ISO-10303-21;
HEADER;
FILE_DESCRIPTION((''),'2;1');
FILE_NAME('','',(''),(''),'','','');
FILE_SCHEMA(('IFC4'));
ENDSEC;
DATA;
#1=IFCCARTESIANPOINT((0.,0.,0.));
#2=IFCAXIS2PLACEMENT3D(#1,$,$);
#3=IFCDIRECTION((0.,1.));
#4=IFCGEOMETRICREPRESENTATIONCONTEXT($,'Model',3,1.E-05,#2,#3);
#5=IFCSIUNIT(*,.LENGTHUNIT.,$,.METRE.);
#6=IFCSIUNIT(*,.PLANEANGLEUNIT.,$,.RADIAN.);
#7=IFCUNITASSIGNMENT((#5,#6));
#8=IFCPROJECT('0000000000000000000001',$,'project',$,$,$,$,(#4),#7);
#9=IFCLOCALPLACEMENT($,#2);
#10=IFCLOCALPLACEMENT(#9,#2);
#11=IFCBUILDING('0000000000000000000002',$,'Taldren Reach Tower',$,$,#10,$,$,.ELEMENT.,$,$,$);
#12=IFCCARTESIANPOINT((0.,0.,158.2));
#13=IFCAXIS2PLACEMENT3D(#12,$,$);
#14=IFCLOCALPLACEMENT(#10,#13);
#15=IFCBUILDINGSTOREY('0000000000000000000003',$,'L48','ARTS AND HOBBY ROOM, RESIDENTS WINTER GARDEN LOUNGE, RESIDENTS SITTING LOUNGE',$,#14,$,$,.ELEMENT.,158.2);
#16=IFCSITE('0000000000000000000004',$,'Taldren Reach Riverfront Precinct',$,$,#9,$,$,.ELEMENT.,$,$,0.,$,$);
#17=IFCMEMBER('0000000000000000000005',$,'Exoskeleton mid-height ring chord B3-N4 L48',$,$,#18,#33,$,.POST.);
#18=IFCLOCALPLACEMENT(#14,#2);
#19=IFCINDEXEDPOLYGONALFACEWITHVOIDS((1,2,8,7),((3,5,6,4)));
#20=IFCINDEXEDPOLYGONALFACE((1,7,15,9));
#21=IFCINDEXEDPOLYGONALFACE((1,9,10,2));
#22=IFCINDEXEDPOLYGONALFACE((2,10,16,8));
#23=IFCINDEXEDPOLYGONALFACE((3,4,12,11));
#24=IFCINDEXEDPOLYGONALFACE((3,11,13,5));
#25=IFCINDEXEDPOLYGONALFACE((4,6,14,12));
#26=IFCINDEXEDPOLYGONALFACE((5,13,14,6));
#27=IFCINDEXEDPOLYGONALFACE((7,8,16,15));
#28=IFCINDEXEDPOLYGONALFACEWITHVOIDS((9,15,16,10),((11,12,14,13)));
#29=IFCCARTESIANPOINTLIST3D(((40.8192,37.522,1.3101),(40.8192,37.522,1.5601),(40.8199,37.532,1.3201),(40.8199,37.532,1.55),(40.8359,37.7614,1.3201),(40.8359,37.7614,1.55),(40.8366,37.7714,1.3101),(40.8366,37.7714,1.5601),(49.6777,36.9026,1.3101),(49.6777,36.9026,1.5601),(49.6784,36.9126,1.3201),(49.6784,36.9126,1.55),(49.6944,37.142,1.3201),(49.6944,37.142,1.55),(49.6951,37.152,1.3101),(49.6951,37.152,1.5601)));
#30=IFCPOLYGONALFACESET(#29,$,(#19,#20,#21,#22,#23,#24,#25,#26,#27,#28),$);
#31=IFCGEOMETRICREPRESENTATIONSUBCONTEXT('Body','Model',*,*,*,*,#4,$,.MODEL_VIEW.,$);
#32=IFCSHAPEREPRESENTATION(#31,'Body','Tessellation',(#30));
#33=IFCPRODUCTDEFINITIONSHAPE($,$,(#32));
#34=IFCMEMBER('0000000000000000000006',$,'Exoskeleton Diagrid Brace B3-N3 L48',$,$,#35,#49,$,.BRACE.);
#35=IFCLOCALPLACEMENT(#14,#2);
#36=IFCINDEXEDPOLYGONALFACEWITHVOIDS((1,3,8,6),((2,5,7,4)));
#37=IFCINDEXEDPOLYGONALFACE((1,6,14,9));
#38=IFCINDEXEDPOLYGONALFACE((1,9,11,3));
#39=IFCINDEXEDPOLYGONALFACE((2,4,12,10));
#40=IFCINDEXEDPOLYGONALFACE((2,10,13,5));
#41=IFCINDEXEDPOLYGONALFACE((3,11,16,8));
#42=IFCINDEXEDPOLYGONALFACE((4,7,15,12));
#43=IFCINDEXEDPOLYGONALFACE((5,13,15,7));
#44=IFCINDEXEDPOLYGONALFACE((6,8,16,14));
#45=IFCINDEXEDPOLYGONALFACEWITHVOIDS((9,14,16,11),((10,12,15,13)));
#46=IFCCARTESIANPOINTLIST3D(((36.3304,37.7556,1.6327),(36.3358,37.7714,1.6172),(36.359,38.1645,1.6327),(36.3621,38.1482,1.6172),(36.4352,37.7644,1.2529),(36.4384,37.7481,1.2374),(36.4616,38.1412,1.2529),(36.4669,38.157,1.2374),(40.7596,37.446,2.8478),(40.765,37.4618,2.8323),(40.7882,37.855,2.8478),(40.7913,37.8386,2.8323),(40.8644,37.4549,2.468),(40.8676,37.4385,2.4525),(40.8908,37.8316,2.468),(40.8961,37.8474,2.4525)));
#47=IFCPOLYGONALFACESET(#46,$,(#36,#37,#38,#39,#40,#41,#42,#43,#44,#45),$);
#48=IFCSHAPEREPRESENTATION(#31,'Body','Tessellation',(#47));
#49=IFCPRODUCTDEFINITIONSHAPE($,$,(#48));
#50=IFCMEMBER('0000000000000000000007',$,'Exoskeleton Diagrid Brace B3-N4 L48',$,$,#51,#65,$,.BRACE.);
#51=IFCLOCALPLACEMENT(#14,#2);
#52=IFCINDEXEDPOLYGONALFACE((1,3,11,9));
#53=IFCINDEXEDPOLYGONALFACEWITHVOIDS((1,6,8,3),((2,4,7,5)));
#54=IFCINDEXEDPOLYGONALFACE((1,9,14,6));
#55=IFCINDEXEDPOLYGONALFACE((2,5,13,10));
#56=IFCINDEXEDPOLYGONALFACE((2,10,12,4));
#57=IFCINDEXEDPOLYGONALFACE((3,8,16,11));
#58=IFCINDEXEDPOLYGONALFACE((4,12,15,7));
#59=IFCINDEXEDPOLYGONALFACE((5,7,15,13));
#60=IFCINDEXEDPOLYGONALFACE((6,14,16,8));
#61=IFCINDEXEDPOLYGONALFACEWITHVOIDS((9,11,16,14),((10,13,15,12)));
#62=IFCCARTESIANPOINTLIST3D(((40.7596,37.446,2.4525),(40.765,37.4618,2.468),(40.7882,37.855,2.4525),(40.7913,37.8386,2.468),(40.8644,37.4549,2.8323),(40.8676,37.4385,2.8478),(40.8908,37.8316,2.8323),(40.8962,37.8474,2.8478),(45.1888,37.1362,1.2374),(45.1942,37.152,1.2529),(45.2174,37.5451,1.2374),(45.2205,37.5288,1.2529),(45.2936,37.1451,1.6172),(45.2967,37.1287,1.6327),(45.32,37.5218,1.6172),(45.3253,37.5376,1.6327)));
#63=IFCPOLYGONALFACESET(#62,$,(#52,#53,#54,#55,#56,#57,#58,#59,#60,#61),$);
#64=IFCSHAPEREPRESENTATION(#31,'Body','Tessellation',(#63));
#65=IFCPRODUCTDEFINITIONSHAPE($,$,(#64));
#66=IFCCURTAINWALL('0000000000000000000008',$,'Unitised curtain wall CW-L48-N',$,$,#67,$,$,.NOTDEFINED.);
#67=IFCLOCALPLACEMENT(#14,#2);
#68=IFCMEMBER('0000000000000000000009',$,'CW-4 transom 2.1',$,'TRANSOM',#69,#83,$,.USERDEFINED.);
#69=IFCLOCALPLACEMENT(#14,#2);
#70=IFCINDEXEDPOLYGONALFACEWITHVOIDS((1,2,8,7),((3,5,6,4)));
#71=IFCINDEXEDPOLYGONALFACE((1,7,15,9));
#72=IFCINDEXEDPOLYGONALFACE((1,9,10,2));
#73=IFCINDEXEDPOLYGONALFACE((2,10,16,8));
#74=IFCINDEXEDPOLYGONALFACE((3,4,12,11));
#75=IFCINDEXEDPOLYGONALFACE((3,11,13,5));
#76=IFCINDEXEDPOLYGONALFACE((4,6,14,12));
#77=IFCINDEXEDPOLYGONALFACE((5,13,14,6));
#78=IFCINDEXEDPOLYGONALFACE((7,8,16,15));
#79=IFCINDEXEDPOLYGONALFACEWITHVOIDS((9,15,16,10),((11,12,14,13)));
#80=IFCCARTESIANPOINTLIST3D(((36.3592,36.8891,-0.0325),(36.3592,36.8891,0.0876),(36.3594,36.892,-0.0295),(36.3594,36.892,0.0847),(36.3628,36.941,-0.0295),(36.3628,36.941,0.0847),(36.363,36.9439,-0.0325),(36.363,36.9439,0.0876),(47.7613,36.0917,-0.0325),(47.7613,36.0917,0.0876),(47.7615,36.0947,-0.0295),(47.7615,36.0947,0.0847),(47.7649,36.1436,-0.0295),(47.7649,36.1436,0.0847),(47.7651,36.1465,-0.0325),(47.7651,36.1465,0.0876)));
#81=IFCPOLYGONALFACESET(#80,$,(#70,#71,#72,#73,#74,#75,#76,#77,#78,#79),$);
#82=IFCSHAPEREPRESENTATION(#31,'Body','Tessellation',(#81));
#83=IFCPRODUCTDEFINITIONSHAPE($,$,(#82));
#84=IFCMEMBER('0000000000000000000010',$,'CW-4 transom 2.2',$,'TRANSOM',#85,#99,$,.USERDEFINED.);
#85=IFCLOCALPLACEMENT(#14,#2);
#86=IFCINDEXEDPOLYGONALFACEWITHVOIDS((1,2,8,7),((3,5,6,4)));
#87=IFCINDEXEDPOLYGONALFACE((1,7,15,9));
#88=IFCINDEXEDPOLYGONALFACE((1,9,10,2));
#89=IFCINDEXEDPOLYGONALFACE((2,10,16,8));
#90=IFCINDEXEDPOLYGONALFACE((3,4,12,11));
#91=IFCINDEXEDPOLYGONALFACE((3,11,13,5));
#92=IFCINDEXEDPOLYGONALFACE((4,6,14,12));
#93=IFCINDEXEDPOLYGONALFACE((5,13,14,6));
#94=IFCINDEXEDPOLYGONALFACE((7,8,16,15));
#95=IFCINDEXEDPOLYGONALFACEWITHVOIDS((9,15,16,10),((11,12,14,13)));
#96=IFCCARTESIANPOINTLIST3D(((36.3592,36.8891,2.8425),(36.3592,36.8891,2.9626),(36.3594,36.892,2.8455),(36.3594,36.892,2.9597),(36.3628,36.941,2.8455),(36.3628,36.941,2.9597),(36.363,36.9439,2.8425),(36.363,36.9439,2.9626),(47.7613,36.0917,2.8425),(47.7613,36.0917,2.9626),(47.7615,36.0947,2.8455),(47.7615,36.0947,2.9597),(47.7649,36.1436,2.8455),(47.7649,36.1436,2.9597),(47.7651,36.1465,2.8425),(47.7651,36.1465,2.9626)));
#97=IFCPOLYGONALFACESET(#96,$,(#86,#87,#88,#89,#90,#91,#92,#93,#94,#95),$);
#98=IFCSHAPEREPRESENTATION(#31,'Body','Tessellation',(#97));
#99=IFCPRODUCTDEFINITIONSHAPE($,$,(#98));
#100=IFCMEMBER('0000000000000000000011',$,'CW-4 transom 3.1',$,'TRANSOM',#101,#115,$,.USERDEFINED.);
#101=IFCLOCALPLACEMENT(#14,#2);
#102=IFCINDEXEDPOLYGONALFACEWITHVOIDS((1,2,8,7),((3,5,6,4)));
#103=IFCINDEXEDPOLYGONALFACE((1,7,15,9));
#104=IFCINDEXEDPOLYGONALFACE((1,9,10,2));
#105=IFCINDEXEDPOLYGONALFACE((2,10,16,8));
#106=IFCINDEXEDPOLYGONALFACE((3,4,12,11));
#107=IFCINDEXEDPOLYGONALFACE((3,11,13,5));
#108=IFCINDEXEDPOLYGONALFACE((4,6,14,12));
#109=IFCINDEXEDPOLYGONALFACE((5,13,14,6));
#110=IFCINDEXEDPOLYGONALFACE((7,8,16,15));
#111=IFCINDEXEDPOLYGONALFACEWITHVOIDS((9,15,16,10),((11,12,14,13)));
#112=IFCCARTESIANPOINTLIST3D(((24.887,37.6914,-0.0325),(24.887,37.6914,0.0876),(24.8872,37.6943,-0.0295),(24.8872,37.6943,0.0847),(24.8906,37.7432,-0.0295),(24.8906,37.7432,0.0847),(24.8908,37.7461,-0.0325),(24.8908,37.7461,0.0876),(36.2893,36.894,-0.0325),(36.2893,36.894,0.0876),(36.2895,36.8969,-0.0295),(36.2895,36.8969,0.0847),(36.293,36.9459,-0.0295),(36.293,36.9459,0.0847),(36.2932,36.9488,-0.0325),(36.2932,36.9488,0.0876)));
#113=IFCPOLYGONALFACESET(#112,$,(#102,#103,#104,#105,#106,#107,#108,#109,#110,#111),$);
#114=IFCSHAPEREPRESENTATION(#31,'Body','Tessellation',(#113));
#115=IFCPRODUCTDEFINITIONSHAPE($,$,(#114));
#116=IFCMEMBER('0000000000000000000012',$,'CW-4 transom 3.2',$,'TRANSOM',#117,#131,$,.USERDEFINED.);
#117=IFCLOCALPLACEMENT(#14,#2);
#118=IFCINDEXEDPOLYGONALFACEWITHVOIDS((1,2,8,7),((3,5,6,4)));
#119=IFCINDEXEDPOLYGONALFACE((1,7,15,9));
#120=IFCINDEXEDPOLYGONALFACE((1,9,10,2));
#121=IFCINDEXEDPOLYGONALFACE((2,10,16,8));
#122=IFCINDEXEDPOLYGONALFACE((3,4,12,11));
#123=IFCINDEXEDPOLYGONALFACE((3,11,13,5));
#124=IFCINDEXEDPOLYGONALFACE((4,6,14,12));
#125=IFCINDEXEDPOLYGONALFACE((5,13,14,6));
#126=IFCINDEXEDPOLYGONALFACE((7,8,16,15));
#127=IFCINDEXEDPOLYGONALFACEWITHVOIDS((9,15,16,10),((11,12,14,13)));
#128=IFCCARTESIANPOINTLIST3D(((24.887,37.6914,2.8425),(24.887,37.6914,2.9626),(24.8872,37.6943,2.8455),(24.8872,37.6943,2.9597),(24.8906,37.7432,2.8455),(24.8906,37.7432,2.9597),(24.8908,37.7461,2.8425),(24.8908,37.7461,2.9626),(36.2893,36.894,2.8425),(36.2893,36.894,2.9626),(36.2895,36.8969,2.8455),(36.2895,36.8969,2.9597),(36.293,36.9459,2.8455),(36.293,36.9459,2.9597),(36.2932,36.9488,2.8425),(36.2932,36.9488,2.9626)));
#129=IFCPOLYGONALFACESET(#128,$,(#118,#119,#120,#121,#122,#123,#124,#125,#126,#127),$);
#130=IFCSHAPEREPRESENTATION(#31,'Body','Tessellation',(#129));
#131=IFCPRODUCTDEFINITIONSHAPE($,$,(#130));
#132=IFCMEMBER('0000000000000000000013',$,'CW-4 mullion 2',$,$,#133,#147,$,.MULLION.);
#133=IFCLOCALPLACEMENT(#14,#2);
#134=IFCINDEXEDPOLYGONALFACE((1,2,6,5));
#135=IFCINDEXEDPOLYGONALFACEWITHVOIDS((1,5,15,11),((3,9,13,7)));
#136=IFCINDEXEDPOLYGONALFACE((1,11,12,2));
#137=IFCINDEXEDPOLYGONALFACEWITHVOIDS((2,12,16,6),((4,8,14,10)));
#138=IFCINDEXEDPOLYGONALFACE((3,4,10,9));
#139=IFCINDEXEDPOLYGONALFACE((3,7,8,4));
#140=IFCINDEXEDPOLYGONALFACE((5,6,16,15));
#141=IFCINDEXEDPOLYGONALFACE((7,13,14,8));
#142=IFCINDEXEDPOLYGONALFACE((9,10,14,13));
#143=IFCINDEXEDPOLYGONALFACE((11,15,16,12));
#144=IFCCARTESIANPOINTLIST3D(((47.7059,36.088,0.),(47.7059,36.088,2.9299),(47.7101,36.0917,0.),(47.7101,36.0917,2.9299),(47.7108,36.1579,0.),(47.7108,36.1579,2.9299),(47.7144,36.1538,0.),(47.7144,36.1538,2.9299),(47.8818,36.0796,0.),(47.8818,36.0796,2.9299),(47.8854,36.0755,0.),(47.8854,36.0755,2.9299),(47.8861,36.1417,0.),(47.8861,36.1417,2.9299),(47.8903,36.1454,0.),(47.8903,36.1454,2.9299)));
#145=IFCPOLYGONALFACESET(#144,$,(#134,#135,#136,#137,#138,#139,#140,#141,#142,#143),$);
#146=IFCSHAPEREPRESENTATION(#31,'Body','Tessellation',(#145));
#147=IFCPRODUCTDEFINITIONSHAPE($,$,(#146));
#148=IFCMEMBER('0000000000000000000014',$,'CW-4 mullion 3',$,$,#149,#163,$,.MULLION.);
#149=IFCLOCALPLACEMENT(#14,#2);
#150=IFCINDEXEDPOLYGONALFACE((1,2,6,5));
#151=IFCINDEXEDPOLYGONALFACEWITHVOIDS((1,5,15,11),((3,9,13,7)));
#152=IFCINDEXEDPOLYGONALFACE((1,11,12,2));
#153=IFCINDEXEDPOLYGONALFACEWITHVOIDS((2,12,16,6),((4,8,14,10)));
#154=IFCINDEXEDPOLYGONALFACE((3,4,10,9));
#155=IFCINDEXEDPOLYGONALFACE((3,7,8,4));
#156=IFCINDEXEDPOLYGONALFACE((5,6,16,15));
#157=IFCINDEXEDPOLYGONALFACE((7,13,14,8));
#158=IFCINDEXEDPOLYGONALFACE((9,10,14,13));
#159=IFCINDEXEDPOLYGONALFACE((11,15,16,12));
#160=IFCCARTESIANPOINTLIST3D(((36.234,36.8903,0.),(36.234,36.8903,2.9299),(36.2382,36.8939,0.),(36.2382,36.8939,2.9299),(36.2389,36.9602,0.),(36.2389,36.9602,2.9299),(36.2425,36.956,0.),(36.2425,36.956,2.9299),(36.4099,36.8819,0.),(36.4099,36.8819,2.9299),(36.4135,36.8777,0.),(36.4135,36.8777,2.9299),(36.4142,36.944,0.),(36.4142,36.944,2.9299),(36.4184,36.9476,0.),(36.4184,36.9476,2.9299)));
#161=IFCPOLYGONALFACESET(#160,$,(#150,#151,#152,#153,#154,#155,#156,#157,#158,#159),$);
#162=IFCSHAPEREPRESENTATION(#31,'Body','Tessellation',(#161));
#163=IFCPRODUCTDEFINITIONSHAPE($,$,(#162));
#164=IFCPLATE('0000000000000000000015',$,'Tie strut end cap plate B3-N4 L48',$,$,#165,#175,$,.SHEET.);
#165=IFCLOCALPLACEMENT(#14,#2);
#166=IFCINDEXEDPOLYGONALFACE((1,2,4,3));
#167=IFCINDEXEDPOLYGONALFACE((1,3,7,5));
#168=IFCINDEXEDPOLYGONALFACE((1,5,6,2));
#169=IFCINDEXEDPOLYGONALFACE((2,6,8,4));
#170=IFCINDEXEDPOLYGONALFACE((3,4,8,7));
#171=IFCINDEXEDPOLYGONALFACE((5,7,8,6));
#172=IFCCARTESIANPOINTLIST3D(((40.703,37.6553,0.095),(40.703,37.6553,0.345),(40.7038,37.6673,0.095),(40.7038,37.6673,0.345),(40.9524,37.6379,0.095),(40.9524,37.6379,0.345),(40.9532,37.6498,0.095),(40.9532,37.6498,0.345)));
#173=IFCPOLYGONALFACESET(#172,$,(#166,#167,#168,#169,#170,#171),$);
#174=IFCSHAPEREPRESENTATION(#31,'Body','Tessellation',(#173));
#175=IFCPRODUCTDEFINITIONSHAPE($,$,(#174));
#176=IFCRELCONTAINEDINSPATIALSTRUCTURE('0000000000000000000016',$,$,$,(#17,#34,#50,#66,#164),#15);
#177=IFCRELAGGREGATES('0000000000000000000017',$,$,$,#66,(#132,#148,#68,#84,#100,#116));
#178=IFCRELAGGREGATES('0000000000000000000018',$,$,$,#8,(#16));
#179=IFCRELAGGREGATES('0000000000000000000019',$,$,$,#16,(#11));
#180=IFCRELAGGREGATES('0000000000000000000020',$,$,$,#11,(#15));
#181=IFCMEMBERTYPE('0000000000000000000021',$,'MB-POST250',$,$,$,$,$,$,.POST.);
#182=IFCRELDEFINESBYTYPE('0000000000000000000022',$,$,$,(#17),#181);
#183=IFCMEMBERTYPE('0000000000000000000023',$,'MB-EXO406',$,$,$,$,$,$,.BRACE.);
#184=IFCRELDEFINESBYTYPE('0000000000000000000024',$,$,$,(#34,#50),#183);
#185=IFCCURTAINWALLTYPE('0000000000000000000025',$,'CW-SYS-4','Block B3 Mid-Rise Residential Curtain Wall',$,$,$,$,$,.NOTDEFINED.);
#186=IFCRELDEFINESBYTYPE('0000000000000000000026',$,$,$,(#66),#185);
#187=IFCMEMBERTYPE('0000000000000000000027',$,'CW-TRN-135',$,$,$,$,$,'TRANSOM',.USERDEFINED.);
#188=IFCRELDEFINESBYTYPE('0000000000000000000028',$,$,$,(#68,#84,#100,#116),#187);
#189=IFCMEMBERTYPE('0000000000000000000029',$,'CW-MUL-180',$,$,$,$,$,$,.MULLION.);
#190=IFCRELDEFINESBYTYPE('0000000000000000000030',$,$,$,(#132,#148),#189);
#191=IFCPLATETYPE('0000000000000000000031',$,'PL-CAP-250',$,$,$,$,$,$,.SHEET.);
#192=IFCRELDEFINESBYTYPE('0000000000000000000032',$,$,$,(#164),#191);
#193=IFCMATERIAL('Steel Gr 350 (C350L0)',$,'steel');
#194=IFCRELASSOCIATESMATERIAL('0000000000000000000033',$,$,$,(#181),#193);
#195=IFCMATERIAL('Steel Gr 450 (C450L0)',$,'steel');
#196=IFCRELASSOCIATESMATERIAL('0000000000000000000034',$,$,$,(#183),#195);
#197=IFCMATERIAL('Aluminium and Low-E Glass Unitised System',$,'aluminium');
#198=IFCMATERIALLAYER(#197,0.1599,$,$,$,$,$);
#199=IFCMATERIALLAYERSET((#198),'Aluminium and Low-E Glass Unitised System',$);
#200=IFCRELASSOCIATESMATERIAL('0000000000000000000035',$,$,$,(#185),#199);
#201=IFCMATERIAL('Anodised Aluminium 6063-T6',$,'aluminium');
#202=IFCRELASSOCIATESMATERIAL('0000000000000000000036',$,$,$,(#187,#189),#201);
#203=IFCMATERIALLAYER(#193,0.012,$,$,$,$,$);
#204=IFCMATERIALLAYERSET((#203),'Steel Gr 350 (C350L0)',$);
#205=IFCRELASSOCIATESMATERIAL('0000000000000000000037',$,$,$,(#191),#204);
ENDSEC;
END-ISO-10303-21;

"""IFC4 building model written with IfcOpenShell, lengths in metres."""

from ifc_helpers import new_model, si_unit, direction, frame, origin, origin_2d, place, context, subcontext, project, spatial, rectangle, hollow_rectangle, extrude, source, transform, mapped, material, layer, layer_set, material_profile, profile_set, type_object, element, aggregate, save


model = new_model("IFC4")

# Units and contexts
model_context = context("Model", 3, precision=1e-05, world=origin(), true_north=direction((0.0, 1.0)))
body_context = subcontext(model_context, "Body", "Model", "MODEL_VIEW")
ifc_project = project(units=[si_unit("LENGTHUNIT", "METRE"), si_unit("PLANEANGLEUNIT", "RADIAN")], contexts=[model_context])

# Site, building, storey
site_placement = place(None, origin())
site = spatial("IfcSite", under=ifc_project, at=site_placement, Name="Taldren Reach Riverfront Precinct", CompositionType="ELEMENT", RefElevation=0.0)
building_placement = place(site_placement, origin())
building = spatial("IfcBuilding", under=site, at=building_placement, Name="Taldren Reach Tower", CompositionType="ELEMENT")
storey_placement = place(building_placement, frame((0.0, 0.0, 158.2)))
storey = spatial("IfcBuildingStorey", under=building, at=storey_placement, Name="L48", Description="ARTS AND HOBBY ROOM, RESIDENTS WINTER GARDEN LOUNGE, RESIDENTS SITTING LOUNGE", CompositionType="ELEMENT", Elevation=158.2)

# Shared definitions
ifc_material_1 = material(Name="Steel Gr 450 (C450L0)", Category="steel")

# Shared definitions
ifc_material_2 = material(Name="Steel Gr 350 (C350L0)", Category="steel")
ifc_material_profile_1 = material_profile(ifc_material_2, hollow_rectangle(XDim=0.25, YDim=0.25, WallThickness=0.01, at=origin_2d()), Name="250x250x10.0SHS")
ifc_profile_set_1 = profile_set([ifc_material_profile_1], Name="Steel Gr 350 (C350L0)")
member_type_1 = type_object("IfcMemberType", Name="MB-POST250", PredefinedType="POST", material=ifc_profile_set_1)

# Members
shared_shape_1 = source(origin(), body_context, "Body", "SweptSolid", [
    extrude(hollow_rectangle(XDim=0.25, YDim=0.25, WallThickness=0.01, at=origin_2d()), origin(), (0.0, 0.0, 1.0), 8.8801),
])
member_1_placement = place(storey_placement, frame((40.8279, 37.6467, 1.4351), z_axis=(0.997564, -0.06975, 0.0), x_axis=(0.06975, 0.997564, 0.0)))
element("IfcMember", 1, at=member_1_placement, inside=storey, type_object=member_type_1, Name="Exoskeleton mid-height ring chord B3-N4 L48", PredefinedType="POST", context=body_context, shape_type="MappedRepresentation", body=[
    mapped(shared_shape_1, transform((0.0, 0.0, 0.0), scale=1.0)),
])
ifc_material_profile_2 = material_profile(ifc_material_1, hollow_rectangle(XDim=0.4099, YDim=0.4099, WallThickness=0.0161, at=origin_2d()), Name="410x410x16.0SHS")
ifc_profile_set_2 = profile_set([ifc_material_profile_2], Name="Steel Gr 450 (C450L0)")
member_type_2 = type_object("IfcMemberType", Name="MB-EXO406", PredefinedType="BRACE", material=ifc_profile_set_2)
shared_shape_2 = source(origin(), body_context, "Body", "SweptSolid", [
    extrude(hollow_rectangle(XDim=0.4099, YDim=0.4099, WallThickness=0.0161, at=origin_2d()), origin(), (0.0, 0.0, 1.0), 4.6033),
])
for number, where, z_axis, x_axis, name in (
    (2, (36.3987, 37.9563, 1.4351), (0.962186, -0.06725, 0.263962), (0.069723, 0.997566, 0.0), "Exoskeleton Diagrid Brace B3-N3 L48"),
    (3, (45.2571, 37.3369, 1.4351), (-0.962182, 0.067303, 0.263961), (-0.069778, -0.997563, 0.0), "Exoskeleton Diagrid Brace B3-N4 L48"),
):
    element("IfcMember", number, at=place(storey_placement, frame(where, z_axis=z_axis, x_axis=x_axis)), inside=storey, type_object=member_type_2, Name=name, PredefinedType="BRACE", context=body_context, shape_type="MappedRepresentation", body=[
        mapped(shared_shape_2, transform((0.0, 0.0, 0.0), scale=1.0)),
    ])

# Curtain wall, members
ifc_material_3 = material(Name="Aluminium and Low-E Glass Unitised System", Category="aluminium")
ifc_layer_1 = layer(ifc_material_3, 0.1599)
ifc_layer_set_1 = layer_set([ifc_layer_1], Name="Aluminium and Low-E Glass Unitised System")
curtain_wall_type = type_object("IfcCurtainWallType", Name="CW-SYS-4", Description="Block B3 Mid-Rise Residential Curtain Wall", PredefinedType="NOTDEFINED", material=ifc_layer_set_1)
curtain_wall_placement = place(storey_placement, origin())
curtain_wall = element("IfcCurtainWall", 4, at=curtain_wall_placement, inside=storey, type_object=curtain_wall_type, Name="Unitised curtain wall CW-L48-N", PredefinedType="NOTDEFINED")
ifc_material_4 = material(Name="Anodised Aluminium 6063-T6", Category="aluminium")
ifc_material_profile_3 = material_profile(ifc_material_4, hollow_rectangle(XDim=0.0549, YDim=0.1201, WallThickness=0.0029, at=origin_2d()), Name="ALU-120x55x3RHS")
ifc_profile_set_3 = profile_set([ifc_material_profile_3], Name="Anodised Aluminium 6063-T6")
member_type_3 = type_object("IfcMemberType", Name="CW-TRN-135", ElementType="TRANSOM", PredefinedType="USERDEFINED", material=ifc_profile_set_3)
shared_shape_3 = source(origin(), body_context, "Body", "SweptSolid", [
    extrude(hollow_rectangle(XDim=0.0549, YDim=0.1201, WallThickness=0.0029, at=origin_2d()), origin(), (0.0, 0.0, 1.0), 11.4299),
])
member_2_placement = place(storey_placement, frame((47.7632, 36.1191, 0.0276), z_axis=(-0.997564, 0.069761, 0.0), x_axis=(-0.069761, -0.997564, 0.0)))
member_2 = element("IfcMember", 5, at=member_2_placement, type_object=member_type_3, Name="CW-4 transom 2.1", ObjectType="TRANSOM", PredefinedType="USERDEFINED", context=body_context, shape_type="MappedRepresentation", body=[
    mapped(shared_shape_3, transform((0.0, 0.0, 0.0), scale=1.0)),
])
member_3_placement = place(storey_placement, frame((47.7632, 36.1191, 2.9026), z_axis=(-0.997564, 0.069761, 0.0), x_axis=(-0.069761, -0.997564, 0.0)))
member_3 = element("IfcMember", 6, at=member_3_placement, type_object=member_type_3, Name="CW-4 transom 2.2", ObjectType="TRANSOM", PredefinedType="USERDEFINED", context=body_context, shape_type="MappedRepresentation", body=[
    mapped(shared_shape_3, transform((0.0, 0.0, 0.0), scale=1.0)),
])
shared_shape_4 = source(origin(), body_context, "Body", "SweptSolid", [
    extrude(hollow_rectangle(XDim=0.0549, YDim=0.1201, WallThickness=0.0029, at=origin_2d()), origin(), (0.0, 0.0, 1.0), 11.4302),
])
member_4_placement = place(storey_placement, frame((36.2913, 36.9214, 0.0276), z_axis=(-0.997564, 0.069759, 0.0), x_axis=(-0.069759, -0.997564, 0.0)))
member_4 = element("IfcMember", 7, at=member_4_placement, type_object=member_type_3, Name="CW-4 transom 3.1", ObjectType="TRANSOM", PredefinedType="USERDEFINED", context=body_context, shape_type="MappedRepresentation", body=[
    mapped(shared_shape_4, transform((0.0, 0.0, 0.0), scale=1.0)),
])
member_5_placement = place(storey_placement, frame((36.2913, 36.9214, 2.9026), z_axis=(-0.997564, 0.069759, 0.0), x_axis=(-0.069759, -0.997564, 0.0)))
member_5 = element("IfcMember", 8, at=member_5_placement, type_object=member_type_3, Name="CW-4 transom 3.2", ObjectType="TRANSOM", PredefinedType="USERDEFINED", context=body_context, shape_type="MappedRepresentation", body=[
    mapped(shared_shape_4, transform((0.0, 0.0, 0.0), scale=1.0)),
])
ifc_material_profile_4 = material_profile(ifc_material_4, hollow_rectangle(XDim=0.0701, YDim=0.1799, WallThickness=0.0039, at=origin_2d()), Name="ALU-180x70x4RHS")
ifc_profile_set_4 = profile_set([ifc_material_profile_4], Name="Anodised Aluminium 6063-T6")
member_type_4 = type_object("IfcMemberType", Name="CW-MUL-180", PredefinedType="MULLION", material=ifc_profile_set_4)
shared_shape_5 = source(origin(), body_context, "Body", "SweptSolid", [
    extrude(hollow_rectangle(XDim=0.0701, YDim=0.1799, WallThickness=0.0039, at=origin_2d()), origin(), (0.0, 0.0, 1.0), 2.9299),
])
member_6_placement = place(storey_placement, frame((47.7981, 36.1167, 0.0), z_axis=(0.0, 0.0, 1.0), x_axis=(-0.069757, -0.997564, 0.0)))
member_6 = element("IfcMember", 9, at=member_6_placement, type_object=member_type_4, Name="CW-4 mullion 2", PredefinedType="MULLION", context=body_context, shape_type="MappedRepresentation", body=[
    mapped(shared_shape_5, transform((0.0, 0.0, 0.0), scale=1.0)),
])
member_7_placement = place(storey_placement, frame((36.3262, 36.9189, 0.0), z_axis=(0.0, 0.0, 1.0), x_axis=(-0.069757, -0.997564, 0.0)))
member_7 = element("IfcMember", 10, at=member_7_placement, type_object=member_type_4, Name="CW-4 mullion 3", PredefinedType="MULLION", context=body_context, shape_type="MappedRepresentation", body=[
    mapped(shared_shape_5, transform((0.0, 0.0, 0.0), scale=1.0)),
])

# Plate
ifc_layer_2 = layer(ifc_material_2, 0.012)
ifc_layer_set_2 = layer_set([ifc_layer_2], Name="Steel Gr 350 (C350L0)")
plate_type_1 = type_object("IfcPlateType", Name="PL-CAP-250", PredefinedType="SHEET", material=ifc_layer_set_2)
shared_shape_6 = source(origin(), body_context, "Body", "SweptSolid", [
    extrude(rectangle(XDim=0.25, YDim=0.012, at=origin_2d()), origin(), (0.0, 0.0, 1.0), 0.25),
])
plate_1_placement = place(storey_placement, frame((40.8281, 37.6526, 0.095), z_axis=(0.0, 0.0, 1.0), x_axis=(0.997564, -0.069756, 0.0)))
element("IfcPlate", 11, at=plate_1_placement, inside=storey, type_object=plate_type_1, Name="Tie strut end cap plate B3-N4 L48", PredefinedType="SHEET", context=body_context, shape_type="MappedRepresentation", body=[
    mapped(shared_shape_6, transform((0.0, 0.0, 0.0), scale=1.0)),
])
aggregate(curtain_wall, [member_6, member_7, member_2, member_3, member_4, member_5])

save(model, "model.ifc")
